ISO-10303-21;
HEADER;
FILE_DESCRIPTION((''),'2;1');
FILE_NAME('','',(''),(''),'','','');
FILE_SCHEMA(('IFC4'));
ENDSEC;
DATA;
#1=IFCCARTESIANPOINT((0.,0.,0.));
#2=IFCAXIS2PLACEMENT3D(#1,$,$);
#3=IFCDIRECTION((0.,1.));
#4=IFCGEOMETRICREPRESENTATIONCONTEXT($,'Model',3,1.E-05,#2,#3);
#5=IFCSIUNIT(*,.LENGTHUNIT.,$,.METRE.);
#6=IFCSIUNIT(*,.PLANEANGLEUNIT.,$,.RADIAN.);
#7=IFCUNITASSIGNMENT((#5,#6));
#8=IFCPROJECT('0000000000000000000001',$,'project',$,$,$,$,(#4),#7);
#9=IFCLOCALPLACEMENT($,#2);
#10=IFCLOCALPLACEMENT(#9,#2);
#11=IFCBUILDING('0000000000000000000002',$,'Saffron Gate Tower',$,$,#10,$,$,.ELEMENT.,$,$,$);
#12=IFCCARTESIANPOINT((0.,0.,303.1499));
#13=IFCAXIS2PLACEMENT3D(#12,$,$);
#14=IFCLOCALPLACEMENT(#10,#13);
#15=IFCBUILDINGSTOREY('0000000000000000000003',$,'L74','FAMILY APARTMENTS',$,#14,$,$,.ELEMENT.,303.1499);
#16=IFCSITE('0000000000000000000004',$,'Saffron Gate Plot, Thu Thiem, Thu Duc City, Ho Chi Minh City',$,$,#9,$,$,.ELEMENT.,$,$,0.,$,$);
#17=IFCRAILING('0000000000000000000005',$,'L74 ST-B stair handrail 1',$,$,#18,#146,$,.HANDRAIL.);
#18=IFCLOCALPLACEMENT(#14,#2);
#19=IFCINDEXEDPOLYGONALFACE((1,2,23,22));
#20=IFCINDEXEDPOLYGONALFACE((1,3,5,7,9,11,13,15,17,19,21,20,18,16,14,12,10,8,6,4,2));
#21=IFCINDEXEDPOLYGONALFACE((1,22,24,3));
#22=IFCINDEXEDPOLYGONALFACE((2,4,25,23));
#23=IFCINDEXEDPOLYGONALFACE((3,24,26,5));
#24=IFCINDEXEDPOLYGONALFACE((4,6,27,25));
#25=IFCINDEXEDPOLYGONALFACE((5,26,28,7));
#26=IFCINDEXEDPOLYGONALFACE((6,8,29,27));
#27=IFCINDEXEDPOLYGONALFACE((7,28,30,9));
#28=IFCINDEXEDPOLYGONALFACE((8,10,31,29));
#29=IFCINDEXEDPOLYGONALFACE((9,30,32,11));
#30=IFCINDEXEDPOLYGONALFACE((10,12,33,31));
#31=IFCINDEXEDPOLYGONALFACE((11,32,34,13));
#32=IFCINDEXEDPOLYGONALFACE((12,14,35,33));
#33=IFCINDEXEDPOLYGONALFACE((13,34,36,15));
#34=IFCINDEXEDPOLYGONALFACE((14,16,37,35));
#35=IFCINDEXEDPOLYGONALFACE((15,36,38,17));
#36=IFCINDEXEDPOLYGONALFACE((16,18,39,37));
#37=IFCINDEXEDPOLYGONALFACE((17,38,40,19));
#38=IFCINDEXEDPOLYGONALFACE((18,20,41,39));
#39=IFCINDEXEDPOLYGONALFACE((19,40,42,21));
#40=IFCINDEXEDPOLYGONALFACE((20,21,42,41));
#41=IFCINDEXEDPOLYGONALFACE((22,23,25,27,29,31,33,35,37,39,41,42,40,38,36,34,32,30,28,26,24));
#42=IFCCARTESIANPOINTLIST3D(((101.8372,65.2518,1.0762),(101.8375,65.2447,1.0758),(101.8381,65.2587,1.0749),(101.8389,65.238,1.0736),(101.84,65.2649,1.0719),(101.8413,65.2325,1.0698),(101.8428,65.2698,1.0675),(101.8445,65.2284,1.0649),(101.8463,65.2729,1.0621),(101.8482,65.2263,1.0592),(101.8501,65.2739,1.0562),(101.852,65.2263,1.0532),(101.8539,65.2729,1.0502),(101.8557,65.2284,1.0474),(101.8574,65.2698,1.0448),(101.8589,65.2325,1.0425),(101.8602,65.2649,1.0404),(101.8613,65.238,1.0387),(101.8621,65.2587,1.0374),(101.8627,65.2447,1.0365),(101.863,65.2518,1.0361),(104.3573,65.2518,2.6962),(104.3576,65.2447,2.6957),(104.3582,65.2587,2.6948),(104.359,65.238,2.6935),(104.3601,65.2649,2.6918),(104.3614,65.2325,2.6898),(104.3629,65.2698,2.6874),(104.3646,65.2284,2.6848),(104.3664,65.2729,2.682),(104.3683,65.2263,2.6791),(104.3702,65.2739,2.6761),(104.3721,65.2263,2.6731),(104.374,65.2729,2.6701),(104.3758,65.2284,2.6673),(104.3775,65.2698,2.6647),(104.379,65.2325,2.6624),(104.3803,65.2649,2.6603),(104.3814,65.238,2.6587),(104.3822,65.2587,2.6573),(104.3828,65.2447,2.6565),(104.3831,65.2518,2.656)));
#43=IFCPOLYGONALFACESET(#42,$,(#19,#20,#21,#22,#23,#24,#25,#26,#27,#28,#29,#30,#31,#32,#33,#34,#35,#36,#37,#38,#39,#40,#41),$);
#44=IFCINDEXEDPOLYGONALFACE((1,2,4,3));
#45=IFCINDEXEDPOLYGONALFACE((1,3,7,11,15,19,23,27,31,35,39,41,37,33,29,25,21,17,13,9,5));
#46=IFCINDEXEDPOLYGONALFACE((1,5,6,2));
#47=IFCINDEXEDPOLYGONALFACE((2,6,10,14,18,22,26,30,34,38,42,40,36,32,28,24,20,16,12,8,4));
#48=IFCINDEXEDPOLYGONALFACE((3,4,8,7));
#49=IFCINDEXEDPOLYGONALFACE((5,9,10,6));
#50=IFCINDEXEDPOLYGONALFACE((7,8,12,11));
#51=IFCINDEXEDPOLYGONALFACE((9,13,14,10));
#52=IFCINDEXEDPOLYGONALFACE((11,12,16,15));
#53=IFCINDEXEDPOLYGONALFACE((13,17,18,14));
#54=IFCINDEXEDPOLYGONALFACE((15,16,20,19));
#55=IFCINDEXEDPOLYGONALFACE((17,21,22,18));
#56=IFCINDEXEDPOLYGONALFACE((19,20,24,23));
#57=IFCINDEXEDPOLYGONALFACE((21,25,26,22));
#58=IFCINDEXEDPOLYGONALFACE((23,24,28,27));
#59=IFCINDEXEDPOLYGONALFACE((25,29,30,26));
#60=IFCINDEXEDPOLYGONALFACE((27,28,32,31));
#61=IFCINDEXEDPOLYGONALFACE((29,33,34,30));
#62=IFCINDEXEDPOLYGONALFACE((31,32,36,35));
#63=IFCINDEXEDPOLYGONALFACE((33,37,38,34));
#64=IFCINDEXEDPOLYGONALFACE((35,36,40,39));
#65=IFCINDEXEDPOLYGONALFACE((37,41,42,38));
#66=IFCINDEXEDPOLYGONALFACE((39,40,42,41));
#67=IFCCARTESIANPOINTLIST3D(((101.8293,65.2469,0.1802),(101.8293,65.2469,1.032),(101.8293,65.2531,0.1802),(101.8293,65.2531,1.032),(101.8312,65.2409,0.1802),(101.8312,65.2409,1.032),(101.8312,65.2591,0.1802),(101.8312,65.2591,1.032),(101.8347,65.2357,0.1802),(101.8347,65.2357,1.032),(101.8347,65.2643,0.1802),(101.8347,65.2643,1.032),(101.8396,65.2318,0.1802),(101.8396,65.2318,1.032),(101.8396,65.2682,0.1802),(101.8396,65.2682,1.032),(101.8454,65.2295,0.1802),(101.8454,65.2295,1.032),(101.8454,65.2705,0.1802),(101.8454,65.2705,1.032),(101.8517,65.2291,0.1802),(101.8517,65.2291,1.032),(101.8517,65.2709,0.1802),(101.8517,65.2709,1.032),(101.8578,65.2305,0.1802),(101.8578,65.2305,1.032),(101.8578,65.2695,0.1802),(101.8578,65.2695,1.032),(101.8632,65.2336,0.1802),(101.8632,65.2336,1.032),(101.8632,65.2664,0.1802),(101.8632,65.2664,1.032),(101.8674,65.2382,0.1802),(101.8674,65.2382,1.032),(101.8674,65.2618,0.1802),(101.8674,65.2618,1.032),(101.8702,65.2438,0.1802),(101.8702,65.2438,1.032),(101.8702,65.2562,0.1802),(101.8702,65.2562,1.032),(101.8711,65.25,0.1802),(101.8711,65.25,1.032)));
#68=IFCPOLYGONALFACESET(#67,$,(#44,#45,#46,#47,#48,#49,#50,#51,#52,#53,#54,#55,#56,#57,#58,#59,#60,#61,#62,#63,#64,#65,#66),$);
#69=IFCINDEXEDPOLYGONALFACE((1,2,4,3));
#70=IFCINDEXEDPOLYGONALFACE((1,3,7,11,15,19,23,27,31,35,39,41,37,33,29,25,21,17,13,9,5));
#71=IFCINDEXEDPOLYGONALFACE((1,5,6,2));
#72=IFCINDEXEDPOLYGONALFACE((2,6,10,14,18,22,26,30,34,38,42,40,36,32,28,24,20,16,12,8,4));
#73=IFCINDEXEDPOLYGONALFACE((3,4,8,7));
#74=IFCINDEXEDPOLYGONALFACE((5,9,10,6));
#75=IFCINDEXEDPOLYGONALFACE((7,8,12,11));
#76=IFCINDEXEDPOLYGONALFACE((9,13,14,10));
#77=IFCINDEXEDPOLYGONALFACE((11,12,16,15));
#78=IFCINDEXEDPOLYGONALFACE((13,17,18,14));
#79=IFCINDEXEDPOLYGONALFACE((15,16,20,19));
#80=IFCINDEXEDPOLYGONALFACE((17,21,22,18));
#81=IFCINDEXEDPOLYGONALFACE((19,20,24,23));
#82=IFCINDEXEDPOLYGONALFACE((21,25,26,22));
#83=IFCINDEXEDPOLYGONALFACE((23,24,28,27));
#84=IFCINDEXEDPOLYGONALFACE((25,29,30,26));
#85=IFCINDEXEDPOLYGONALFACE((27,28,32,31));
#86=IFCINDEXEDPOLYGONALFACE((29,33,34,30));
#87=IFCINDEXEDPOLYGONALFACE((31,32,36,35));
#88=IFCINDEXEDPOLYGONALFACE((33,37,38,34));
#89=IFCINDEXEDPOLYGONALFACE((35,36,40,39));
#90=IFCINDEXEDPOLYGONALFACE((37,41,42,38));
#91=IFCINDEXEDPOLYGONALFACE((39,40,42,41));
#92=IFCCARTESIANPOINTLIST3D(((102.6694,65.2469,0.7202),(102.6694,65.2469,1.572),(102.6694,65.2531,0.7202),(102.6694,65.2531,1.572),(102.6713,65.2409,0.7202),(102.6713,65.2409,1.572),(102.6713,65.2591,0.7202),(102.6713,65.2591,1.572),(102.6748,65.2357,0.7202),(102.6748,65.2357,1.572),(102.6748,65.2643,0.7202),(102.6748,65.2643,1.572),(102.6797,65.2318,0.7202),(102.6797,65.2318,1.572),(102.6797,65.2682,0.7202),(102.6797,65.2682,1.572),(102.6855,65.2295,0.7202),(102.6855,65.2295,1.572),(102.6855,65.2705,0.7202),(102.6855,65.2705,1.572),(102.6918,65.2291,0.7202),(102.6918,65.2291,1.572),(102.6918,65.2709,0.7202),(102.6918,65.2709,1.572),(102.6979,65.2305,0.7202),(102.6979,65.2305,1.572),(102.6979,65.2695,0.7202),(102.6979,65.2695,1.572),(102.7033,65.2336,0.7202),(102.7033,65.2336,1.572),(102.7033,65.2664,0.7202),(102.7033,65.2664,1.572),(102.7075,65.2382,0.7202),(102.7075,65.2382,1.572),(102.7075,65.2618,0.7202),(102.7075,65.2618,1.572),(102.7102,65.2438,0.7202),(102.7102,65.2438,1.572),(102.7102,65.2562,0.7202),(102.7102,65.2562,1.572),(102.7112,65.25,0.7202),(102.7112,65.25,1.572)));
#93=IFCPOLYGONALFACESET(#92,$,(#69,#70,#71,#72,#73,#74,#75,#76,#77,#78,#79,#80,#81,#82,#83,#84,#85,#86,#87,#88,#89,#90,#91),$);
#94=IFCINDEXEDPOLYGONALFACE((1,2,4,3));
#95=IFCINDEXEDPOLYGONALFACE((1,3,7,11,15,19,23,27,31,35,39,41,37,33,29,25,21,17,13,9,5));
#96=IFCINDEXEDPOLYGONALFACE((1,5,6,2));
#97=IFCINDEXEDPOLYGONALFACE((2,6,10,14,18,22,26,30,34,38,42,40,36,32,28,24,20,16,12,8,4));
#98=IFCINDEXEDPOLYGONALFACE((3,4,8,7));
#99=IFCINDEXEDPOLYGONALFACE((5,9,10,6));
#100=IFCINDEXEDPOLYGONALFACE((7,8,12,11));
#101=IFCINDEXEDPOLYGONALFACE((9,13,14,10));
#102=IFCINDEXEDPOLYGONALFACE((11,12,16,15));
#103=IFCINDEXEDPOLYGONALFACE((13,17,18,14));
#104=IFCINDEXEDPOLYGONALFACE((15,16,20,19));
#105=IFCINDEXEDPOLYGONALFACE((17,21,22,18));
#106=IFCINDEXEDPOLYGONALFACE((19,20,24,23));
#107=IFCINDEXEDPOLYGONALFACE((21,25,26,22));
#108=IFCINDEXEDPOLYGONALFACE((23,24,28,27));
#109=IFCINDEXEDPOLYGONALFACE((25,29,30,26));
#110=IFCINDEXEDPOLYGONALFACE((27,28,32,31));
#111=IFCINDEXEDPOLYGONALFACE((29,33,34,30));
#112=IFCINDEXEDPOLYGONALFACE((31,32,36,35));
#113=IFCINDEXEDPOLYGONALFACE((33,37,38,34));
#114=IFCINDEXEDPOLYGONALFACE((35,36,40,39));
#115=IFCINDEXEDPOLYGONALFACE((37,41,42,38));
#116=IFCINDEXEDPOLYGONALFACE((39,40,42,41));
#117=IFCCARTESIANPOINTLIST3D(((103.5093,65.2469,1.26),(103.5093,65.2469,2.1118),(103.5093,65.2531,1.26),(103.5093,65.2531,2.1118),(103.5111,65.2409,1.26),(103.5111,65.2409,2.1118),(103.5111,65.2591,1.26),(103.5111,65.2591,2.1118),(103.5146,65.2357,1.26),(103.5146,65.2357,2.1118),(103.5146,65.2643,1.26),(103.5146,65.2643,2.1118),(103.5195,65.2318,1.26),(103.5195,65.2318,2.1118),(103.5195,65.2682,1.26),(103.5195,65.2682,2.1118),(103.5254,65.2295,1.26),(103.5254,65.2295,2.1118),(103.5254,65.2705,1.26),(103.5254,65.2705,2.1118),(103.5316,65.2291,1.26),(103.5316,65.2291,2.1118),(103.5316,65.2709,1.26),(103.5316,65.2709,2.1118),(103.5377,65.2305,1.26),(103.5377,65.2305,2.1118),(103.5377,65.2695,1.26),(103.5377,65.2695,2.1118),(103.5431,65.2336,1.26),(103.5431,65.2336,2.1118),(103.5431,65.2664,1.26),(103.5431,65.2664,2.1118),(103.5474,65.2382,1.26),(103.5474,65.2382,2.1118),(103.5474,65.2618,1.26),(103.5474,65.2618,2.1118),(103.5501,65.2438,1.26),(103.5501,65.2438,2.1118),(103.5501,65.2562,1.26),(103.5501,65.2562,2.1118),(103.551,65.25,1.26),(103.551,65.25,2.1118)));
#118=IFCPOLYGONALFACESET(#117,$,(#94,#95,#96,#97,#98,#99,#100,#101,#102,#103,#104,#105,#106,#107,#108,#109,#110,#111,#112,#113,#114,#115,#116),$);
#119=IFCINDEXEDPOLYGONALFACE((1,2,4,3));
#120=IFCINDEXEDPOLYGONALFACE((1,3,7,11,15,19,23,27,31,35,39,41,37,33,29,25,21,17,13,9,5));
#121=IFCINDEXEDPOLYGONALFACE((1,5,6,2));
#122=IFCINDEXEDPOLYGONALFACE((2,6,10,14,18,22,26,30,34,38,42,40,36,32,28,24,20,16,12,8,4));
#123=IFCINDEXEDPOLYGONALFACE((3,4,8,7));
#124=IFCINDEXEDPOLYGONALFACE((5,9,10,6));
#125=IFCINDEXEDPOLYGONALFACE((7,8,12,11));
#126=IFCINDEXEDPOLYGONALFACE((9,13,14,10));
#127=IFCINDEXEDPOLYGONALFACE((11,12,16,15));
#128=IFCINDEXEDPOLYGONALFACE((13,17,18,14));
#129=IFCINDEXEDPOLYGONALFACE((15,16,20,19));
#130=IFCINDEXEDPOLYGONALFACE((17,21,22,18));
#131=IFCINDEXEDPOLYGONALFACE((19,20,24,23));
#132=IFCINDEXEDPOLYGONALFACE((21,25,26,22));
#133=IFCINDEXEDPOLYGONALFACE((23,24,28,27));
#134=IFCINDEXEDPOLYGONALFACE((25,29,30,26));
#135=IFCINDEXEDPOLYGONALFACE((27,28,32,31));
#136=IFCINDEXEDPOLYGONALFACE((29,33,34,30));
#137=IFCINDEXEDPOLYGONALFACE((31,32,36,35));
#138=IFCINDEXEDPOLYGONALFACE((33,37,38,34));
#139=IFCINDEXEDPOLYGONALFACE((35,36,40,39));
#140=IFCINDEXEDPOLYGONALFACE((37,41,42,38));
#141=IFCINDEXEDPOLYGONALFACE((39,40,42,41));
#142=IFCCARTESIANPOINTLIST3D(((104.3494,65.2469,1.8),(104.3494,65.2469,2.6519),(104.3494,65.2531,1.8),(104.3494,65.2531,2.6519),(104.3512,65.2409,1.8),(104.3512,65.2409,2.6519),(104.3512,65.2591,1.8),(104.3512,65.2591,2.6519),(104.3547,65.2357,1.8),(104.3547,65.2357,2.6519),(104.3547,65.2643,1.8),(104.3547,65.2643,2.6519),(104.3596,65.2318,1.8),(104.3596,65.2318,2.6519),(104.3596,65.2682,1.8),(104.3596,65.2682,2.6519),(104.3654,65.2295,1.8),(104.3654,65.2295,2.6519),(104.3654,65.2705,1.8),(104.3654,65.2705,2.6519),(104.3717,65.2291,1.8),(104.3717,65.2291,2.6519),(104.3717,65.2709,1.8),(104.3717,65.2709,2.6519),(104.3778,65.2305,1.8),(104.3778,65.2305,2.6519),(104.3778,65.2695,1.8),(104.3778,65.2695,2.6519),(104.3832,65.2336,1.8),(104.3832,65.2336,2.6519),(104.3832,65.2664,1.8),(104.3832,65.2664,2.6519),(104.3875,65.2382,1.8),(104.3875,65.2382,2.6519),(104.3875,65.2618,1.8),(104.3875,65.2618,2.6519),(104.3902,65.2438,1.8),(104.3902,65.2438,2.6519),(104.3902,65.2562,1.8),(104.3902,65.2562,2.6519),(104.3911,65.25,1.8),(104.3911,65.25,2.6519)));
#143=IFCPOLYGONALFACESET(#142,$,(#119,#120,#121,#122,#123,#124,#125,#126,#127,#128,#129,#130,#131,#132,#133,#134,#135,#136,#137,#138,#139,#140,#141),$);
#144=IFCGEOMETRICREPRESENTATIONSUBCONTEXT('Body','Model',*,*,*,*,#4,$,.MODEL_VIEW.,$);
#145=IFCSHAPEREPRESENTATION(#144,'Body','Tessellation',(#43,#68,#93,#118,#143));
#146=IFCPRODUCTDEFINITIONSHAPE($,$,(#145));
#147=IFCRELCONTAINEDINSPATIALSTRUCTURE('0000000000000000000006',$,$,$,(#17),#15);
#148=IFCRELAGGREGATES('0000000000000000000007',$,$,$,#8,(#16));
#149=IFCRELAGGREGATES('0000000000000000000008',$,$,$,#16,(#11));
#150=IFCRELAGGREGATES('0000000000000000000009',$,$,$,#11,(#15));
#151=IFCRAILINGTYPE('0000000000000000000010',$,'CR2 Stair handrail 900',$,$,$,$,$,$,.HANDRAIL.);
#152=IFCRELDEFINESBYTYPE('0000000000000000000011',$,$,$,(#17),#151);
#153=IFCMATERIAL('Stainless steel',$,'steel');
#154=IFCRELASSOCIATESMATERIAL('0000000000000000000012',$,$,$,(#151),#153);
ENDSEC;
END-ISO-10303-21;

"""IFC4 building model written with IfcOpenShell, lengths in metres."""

from ifc_helpers import new_model, si_unit, direction, frame, origin, origin_2d, place, context, subcontext, project, spatial, circle, extrude, material, type_object, element, save


model = new_model("IFC4")

# Units and contexts
model_context = context("Model", 3, precision=1e-05, world=origin(), true_north=direction((0.0, 1.0)))
body_context = subcontext(model_context, "Body", "Model", "MODEL_VIEW")
ifc_project = project(units=[si_unit("LENGTHUNIT", "METRE"), si_unit("PLANEANGLEUNIT", "RADIAN")], contexts=[model_context])

# Site, building, storey
site_placement = place(None, origin())
site = spatial("IfcSite", under=ifc_project, at=site_placement, Name="Saffron Gate Plot, Thu Thiem, Thu Duc City, Ho Chi Minh City", CompositionType="ELEMENT", RefElevation=0.0)
building_placement = place(site_placement, origin())
building = spatial("IfcBuilding", under=site, at=building_placement, Name="Saffron Gate Tower", CompositionType="ELEMENT")
storey_placement = place(building_placement, frame((0.0, 0.0, 303.1499)))
storey = spatial("IfcBuildingStorey", under=building, at=storey_placement, Name="L74", Description="FAMILY APARTMENTS", CompositionType="ELEMENT", Elevation=303.1499)

# Railing
ifc_material_1 = material(Name="Stainless steel", Category="steel")
railing_type_1 = type_object("IfcRailingType", Name="CR2 Stair handrail 900", PredefinedType="HANDRAIL", material=ifc_material_1)
railing_1_placement = place(storey_placement, frame((101.8501, 65.25, 0.1802)))
element("IfcRailing", 1, at=railing_1_placement, inside=storey, type_object=railing_type_1, Name="L74 ST-B stair handrail 1", PredefinedType="HANDRAIL", context=body_context, shape_type="SweptSolid", body=[
    extrude(circle(Radius=0.0239, at=origin_2d()), frame((0.0, 0.0, 0.876), z_axis=(0.8412, 0.0, 0.540725), x_axis=(0.0, 1.0, 0.0)), (0.0, 0.0, 1.0), 2.9958),
    extrude(circle(Radius=0.021, at=origin_2d()), origin(), (0.0, 0.0, 1.0), 0.8518),
    extrude(circle(Radius=0.021, at=origin_2d()), frame((0.8401, 0.0, 0.54)), (0.0, 0.0, 1.0), 0.8518),
    extrude(circle(Radius=0.021, at=origin_2d()), frame((1.6799, 0.0, 1.0798)), (0.0, 0.0, 1.0), 0.8518),
    extrude(circle(Radius=0.021, at=origin_2d()), frame((2.52, 0.0, 1.6199)), (0.0, 0.0, 1.0), 0.8518),
])

save(model, "model.ifc")
